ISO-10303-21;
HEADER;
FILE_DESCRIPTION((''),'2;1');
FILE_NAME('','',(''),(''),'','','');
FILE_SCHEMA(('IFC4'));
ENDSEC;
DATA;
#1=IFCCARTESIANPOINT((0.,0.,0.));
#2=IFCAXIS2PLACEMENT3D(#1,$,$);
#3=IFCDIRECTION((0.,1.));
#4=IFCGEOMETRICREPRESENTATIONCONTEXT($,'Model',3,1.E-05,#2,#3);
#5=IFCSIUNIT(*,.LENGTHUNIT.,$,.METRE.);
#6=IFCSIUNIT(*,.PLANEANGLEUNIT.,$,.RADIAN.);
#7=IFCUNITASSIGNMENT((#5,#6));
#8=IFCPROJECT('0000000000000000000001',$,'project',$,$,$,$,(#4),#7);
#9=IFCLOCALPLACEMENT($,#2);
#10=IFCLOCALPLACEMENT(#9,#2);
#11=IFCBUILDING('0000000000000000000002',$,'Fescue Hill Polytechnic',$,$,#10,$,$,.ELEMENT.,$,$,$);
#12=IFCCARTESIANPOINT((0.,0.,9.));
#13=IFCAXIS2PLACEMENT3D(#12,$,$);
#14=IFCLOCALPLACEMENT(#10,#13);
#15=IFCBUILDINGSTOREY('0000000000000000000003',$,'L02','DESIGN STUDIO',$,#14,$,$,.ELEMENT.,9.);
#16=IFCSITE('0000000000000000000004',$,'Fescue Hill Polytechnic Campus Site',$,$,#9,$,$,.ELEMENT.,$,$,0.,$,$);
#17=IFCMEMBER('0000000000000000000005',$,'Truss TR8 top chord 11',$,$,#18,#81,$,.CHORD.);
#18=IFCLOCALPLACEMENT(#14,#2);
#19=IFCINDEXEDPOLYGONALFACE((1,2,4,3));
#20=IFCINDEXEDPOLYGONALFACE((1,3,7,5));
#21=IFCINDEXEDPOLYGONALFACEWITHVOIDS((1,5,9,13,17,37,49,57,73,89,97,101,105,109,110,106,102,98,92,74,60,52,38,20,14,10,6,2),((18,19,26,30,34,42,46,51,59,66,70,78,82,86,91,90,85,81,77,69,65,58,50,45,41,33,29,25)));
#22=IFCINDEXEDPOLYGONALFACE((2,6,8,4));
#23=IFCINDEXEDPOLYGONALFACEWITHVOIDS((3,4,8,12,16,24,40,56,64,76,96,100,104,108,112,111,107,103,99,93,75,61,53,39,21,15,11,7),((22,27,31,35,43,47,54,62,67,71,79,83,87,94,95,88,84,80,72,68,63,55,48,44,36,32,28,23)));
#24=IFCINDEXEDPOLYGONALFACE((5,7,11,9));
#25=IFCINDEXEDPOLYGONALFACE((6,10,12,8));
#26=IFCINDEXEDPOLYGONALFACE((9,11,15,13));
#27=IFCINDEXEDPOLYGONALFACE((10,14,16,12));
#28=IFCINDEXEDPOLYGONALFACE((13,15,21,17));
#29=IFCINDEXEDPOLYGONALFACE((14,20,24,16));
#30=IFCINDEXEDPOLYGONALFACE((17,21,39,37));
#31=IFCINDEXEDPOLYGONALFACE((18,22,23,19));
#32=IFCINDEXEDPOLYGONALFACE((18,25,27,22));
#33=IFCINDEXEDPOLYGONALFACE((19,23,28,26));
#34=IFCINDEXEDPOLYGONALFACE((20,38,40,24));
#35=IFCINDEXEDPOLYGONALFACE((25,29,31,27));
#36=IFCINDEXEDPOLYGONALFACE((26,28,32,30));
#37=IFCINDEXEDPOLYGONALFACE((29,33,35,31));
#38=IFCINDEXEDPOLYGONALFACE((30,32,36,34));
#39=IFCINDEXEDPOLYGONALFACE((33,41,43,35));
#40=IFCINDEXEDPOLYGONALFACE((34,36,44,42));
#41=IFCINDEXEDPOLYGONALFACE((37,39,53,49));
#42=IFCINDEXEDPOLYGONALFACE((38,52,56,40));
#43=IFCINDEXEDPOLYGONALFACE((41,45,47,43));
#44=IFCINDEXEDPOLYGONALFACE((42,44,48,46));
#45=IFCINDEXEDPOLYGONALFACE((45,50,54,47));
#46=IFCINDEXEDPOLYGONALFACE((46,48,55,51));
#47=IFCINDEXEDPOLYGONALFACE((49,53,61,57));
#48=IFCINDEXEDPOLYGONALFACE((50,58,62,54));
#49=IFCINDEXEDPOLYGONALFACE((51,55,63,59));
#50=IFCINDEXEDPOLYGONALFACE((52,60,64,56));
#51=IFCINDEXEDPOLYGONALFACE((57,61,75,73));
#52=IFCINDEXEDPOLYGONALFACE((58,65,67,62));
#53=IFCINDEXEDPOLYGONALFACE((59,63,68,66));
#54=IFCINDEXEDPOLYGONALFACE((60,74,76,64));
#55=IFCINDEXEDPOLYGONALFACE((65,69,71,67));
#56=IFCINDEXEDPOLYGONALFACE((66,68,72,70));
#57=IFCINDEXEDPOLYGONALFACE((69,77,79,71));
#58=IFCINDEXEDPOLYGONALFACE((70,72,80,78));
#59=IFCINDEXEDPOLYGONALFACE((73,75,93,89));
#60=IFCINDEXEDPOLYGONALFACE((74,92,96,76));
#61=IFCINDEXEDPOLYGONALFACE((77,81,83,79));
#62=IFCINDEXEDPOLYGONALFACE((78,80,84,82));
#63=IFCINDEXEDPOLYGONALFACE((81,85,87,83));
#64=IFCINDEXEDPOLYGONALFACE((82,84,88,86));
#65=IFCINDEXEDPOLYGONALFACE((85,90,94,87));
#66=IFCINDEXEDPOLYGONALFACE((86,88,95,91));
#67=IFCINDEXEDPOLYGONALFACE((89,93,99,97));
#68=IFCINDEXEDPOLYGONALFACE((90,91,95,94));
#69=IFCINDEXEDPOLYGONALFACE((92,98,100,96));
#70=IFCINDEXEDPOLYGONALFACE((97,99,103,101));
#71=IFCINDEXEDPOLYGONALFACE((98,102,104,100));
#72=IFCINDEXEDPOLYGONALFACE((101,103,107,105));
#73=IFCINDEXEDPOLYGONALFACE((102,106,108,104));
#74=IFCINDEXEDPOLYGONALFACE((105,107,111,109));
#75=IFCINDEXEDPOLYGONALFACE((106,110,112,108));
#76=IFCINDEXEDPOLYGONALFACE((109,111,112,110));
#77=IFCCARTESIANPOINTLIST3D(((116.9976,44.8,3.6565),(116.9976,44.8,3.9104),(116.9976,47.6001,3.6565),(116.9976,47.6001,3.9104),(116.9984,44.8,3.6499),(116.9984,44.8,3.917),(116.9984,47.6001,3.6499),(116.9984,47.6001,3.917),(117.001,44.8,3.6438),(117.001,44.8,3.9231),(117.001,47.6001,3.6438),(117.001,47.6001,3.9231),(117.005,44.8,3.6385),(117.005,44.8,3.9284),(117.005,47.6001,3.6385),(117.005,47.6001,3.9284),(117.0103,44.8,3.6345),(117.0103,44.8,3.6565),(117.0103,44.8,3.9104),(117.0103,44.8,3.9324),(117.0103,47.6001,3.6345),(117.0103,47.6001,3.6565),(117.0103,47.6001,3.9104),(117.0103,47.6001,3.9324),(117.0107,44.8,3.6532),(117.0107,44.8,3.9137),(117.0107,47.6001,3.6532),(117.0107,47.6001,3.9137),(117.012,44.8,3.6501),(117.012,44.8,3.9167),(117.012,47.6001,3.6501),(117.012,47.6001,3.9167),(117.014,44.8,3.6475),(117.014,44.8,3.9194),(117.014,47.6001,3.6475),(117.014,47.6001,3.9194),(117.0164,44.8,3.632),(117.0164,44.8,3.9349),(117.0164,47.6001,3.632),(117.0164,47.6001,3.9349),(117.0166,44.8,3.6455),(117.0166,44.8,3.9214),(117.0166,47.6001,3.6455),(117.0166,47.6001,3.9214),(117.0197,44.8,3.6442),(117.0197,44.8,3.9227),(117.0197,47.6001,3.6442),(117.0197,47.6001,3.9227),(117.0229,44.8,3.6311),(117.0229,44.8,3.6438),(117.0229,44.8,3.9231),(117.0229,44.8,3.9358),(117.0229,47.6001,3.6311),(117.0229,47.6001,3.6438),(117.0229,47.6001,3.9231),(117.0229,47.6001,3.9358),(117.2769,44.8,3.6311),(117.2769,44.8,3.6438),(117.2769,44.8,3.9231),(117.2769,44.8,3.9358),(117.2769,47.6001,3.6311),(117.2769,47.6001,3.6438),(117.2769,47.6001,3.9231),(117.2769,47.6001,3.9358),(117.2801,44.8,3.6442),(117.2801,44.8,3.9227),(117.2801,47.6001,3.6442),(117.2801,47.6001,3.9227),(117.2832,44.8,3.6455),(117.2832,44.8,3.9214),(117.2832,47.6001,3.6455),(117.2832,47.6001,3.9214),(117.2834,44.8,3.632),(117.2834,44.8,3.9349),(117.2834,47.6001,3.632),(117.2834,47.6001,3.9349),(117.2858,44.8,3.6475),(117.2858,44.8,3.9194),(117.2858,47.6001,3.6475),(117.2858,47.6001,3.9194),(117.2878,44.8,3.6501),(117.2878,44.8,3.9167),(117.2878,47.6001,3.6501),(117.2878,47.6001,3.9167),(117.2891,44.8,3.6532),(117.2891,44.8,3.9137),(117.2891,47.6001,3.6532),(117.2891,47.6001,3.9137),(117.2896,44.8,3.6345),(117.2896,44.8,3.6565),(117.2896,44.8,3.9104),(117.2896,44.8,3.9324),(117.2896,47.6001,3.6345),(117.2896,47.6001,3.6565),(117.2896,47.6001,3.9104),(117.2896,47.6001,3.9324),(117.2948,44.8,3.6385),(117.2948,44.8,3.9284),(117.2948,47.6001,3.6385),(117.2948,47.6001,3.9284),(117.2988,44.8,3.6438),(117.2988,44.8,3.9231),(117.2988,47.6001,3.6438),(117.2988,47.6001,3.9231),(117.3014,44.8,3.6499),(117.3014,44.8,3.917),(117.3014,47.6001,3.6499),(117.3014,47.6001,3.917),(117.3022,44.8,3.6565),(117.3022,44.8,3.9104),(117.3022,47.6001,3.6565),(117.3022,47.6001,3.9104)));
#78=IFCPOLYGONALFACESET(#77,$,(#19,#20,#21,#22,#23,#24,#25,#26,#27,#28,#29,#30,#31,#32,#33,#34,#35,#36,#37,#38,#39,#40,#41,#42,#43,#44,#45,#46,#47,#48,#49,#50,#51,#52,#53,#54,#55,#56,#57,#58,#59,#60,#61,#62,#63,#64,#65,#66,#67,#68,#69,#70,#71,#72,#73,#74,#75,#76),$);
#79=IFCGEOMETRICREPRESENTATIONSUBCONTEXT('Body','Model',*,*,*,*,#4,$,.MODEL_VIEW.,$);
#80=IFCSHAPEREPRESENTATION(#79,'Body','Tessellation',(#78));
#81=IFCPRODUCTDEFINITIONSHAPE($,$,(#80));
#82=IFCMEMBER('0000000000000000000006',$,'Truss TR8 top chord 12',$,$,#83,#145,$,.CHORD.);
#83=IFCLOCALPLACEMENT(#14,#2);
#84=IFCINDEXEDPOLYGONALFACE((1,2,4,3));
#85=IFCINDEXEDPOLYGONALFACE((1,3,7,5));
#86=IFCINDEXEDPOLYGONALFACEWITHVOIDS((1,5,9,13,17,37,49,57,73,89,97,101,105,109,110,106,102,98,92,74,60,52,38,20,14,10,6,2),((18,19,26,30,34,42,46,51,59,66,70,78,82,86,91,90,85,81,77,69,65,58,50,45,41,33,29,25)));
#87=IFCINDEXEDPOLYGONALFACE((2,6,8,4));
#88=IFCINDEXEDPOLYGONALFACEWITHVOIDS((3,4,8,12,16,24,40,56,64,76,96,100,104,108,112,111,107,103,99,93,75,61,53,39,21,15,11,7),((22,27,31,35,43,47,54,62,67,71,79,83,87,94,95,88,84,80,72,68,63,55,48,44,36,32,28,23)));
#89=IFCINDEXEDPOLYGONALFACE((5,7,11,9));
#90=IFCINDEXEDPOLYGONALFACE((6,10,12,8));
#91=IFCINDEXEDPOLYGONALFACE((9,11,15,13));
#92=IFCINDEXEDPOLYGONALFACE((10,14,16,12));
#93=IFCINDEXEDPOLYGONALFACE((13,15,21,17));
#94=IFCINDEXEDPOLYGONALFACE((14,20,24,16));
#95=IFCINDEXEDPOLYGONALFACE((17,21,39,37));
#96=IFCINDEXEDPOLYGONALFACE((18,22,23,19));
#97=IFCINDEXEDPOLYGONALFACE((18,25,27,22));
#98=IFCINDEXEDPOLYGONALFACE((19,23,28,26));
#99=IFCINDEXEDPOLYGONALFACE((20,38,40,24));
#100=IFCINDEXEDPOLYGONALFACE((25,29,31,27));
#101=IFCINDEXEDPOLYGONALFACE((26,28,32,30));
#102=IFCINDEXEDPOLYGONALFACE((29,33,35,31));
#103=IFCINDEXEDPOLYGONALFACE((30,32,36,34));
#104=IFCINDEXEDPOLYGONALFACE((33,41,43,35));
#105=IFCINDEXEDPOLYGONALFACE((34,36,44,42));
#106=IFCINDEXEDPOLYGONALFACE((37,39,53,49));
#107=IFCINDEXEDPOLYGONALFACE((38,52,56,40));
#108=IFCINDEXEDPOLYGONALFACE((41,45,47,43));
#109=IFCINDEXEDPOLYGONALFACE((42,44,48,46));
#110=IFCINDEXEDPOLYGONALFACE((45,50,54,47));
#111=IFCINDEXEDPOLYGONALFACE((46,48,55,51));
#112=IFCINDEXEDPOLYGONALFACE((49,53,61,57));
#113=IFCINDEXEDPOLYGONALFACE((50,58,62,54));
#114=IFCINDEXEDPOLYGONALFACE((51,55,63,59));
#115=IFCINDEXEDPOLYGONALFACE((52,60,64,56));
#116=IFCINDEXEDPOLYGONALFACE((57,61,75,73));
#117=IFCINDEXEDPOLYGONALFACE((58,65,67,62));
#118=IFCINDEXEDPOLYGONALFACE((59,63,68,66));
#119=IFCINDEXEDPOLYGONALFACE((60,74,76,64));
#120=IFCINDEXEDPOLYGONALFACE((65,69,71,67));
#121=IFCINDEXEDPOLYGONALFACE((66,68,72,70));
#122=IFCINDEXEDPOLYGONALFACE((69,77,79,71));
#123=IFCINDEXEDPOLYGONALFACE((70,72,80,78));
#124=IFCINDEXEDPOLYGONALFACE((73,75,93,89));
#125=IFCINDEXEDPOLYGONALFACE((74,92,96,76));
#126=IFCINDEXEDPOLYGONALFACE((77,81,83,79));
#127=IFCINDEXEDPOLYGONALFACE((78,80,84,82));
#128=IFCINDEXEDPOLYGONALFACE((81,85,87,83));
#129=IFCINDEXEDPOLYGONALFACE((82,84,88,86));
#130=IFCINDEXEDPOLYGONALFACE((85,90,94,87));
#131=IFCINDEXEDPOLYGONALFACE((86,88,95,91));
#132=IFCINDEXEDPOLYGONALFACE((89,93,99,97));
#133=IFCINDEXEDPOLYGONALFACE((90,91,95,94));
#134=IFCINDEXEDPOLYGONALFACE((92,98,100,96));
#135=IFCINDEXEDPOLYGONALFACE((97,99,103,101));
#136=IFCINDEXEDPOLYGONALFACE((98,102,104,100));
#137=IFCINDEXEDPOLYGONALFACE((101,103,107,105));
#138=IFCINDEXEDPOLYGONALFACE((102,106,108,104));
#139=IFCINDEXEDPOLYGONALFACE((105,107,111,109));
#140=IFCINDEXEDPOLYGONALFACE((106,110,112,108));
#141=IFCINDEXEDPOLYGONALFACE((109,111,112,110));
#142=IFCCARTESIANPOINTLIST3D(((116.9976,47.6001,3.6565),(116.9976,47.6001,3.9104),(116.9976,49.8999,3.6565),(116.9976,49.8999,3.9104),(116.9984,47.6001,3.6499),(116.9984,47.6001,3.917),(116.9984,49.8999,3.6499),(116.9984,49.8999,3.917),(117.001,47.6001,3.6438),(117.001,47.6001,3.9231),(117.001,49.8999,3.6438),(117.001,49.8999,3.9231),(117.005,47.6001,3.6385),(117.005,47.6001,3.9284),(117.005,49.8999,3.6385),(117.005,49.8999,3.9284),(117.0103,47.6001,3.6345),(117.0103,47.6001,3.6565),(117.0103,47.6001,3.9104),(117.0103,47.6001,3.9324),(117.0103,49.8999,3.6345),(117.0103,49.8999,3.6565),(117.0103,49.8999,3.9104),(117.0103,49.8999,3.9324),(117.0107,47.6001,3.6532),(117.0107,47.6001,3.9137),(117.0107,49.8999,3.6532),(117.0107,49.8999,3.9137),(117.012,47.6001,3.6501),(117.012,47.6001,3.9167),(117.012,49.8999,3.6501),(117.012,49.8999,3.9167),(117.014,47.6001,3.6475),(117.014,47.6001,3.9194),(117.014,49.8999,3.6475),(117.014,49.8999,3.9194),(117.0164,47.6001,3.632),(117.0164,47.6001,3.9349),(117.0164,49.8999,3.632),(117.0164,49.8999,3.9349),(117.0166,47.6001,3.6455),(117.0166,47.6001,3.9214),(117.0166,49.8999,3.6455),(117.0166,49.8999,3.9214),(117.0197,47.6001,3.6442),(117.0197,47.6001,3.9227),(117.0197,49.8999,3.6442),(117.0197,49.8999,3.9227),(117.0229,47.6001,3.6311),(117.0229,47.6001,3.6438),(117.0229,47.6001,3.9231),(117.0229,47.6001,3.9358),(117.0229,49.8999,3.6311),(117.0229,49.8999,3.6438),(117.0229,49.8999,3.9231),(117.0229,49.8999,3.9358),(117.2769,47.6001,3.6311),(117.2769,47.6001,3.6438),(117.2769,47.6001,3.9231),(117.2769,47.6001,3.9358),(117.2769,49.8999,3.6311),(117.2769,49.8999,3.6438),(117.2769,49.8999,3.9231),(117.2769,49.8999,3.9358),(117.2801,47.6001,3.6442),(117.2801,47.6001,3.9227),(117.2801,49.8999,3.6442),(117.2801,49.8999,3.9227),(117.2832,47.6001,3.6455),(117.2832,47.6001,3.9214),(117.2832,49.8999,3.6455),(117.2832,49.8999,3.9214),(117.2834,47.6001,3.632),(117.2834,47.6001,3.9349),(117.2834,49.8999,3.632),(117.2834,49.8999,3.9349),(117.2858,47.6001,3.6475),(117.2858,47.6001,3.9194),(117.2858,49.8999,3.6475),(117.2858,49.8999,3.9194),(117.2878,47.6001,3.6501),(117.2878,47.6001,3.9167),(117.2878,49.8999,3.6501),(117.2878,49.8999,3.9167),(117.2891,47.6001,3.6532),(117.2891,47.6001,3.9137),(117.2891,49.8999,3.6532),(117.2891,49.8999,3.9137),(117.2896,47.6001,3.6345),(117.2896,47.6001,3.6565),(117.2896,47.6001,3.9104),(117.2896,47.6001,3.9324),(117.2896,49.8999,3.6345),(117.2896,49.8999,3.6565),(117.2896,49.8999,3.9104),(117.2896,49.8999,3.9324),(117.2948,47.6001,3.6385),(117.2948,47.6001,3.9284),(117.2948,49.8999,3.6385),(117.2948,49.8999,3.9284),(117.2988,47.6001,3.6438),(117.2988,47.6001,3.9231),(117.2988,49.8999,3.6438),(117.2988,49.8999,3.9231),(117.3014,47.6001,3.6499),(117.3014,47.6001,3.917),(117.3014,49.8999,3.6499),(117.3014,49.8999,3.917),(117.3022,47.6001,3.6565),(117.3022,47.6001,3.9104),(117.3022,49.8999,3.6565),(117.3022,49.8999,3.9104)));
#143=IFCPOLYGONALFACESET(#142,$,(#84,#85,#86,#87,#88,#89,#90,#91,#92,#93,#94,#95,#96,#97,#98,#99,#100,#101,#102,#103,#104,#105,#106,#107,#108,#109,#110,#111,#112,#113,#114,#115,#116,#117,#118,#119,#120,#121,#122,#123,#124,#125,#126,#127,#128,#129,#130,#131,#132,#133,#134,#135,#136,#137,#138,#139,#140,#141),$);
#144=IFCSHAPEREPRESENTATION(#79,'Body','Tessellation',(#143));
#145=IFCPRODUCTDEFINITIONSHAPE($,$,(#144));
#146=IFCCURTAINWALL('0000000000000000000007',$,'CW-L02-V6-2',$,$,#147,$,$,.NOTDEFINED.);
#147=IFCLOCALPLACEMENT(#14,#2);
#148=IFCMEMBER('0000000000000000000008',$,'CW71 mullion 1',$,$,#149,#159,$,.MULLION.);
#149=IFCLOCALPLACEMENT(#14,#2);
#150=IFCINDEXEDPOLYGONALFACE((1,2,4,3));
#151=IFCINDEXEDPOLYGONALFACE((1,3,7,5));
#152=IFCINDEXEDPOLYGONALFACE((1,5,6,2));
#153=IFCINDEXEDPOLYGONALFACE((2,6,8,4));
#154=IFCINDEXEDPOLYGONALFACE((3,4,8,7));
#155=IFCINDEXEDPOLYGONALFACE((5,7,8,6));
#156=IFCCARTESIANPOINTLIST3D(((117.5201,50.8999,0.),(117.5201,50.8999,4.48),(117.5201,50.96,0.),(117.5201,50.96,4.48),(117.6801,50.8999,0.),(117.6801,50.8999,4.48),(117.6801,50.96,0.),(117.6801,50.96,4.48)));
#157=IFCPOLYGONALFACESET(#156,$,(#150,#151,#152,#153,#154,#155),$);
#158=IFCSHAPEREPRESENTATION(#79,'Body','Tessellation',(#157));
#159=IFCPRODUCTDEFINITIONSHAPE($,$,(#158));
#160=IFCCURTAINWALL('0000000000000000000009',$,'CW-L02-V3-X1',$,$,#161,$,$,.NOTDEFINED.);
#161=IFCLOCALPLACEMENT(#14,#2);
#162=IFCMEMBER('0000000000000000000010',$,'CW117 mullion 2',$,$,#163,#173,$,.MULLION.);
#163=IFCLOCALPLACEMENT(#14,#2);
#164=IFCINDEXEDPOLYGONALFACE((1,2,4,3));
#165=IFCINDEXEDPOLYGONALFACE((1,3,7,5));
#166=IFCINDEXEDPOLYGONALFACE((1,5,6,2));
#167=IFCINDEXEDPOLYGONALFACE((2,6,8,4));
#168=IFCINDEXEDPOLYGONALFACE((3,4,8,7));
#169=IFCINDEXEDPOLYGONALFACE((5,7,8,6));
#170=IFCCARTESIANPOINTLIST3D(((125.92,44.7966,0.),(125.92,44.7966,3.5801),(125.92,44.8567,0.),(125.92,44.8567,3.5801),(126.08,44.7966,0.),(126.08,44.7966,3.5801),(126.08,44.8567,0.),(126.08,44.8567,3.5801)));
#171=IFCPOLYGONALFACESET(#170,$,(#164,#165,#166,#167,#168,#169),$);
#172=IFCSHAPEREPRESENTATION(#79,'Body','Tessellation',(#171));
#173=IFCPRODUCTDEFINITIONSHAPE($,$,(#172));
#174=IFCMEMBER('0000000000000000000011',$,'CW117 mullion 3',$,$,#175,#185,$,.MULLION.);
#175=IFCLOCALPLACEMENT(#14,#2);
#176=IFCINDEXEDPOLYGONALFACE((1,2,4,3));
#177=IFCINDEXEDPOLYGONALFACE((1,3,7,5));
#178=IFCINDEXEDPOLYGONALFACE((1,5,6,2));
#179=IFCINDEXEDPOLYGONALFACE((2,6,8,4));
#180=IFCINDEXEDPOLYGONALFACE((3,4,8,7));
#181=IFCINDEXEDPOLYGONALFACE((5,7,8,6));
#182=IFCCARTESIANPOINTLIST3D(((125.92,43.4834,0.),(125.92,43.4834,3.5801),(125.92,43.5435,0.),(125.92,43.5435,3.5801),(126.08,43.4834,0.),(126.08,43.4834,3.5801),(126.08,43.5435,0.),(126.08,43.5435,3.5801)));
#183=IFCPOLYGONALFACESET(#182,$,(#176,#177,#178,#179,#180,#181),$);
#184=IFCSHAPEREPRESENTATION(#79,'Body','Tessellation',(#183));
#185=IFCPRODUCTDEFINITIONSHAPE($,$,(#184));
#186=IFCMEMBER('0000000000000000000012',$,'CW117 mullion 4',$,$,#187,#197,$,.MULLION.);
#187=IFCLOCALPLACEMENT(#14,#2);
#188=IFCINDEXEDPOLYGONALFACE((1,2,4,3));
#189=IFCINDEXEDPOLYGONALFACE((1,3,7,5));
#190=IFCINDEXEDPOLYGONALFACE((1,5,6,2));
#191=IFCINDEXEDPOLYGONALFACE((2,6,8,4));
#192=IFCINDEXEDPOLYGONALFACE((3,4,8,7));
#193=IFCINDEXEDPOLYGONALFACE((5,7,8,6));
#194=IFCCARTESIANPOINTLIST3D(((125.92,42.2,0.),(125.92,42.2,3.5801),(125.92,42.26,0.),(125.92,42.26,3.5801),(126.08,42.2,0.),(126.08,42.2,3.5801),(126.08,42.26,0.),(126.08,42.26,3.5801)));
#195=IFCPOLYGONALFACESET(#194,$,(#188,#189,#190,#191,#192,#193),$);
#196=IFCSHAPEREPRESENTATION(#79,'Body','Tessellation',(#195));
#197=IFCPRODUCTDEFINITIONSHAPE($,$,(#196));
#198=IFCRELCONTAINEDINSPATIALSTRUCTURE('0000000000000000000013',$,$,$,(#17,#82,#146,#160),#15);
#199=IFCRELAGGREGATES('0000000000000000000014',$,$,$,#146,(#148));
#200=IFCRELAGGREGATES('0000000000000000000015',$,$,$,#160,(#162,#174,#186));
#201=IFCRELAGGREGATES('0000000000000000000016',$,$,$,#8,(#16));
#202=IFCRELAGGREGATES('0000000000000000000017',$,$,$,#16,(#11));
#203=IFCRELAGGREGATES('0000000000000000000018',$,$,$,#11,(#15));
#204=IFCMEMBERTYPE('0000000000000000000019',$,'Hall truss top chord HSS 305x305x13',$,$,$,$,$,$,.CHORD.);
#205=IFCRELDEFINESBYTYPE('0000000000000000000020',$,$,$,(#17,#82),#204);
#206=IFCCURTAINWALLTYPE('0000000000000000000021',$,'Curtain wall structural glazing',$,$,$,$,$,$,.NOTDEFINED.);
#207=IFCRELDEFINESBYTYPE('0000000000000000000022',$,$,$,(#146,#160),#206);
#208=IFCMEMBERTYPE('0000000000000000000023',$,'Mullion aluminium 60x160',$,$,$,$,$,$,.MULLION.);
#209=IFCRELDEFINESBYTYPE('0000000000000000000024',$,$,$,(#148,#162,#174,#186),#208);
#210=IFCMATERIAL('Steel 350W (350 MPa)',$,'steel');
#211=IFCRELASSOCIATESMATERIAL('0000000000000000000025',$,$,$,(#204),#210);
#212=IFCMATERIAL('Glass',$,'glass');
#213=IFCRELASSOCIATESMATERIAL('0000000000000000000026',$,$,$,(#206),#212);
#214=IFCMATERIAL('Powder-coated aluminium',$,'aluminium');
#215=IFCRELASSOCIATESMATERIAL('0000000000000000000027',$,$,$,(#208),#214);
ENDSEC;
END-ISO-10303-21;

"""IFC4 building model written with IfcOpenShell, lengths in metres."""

from ifc_helpers import new_model, si_unit, direction, frame, origin, origin_2d, place, context, subcontext, project, spatial, rectangle, hollow_rectangle, extrude, material, material_profile, profile_set, type_object, element, aggregate, save


model = new_model("IFC4")

# Units and contexts
model_context = context("Model", 3, precision=1e-05, world=origin(), true_north=direction((0.0, 1.0)))
body_context = subcontext(model_context, "Body", "Model", "MODEL_VIEW")
ifc_project = project(units=[si_unit("LENGTHUNIT", "METRE"), si_unit("PLANEANGLEUNIT", "RADIAN")], contexts=[model_context])

# Site, building, storey
site_placement = place(None, origin())
site = spatial("IfcSite", under=ifc_project, at=site_placement, Name="Fescue Hill Polytechnic Campus Site", CompositionType="ELEMENT", RefElevation=0.0)
building_placement = place(site_placement, origin())
building = spatial("IfcBuilding", under=site, at=building_placement, Name="Fescue Hill Polytechnic", CompositionType="ELEMENT")
storey_placement = place(building_placement, frame((0.0, 0.0, 9.0)))
storey = spatial("IfcBuildingStorey", under=building, at=storey_placement, Name="L02", Description="DESIGN STUDIO", CompositionType="ELEMENT", Elevation=9.0)

# Members
ifc_material_1 = material(Name="Steel 350W (350 MPa)", Category="steel")
ifc_material_profile_1 = material_profile(ifc_material_1, hollow_rectangle(XDim=0.3047, YDim=0.3047, WallThickness=0.0127, InnerFilletRadius=0.0127, OuterFilletRadius=0.0254, at=origin_2d()), Name="Hall truss top chord HSS 305x305x13")
ifc_profile_set_1 = profile_set([ifc_material_profile_1], Name="Steel 350W (350 MPa)")
member_type_1 = type_object("IfcMemberType", Name="Hall truss top chord HSS 305x305x13", PredefinedType="CHORD", material=ifc_profile_set_1)
member_1_placement = place(storey_placement, frame((117.1499, 44.8, 3.7834), z_axis=(0.0, 1.0, 0.0), x_axis=(-1.0, 0.0, 0.0)))
element("IfcMember", 1, at=member_1_placement, inside=storey, type_object=member_type_1, Name="Truss TR8 top chord 11", PredefinedType="CHORD", context=body_context, shape_type="SweptSolid", body=[
    extrude(hollow_rectangle(XDim=0.3047, YDim=0.3047, WallThickness=0.0127, InnerFilletRadius=0.0127, OuterFilletRadius=0.0254, at=origin_2d()), origin(), (0.0, 0.0, 1.0), 2.8),
])
member_2_placement = place(storey_placement, frame((117.1499, 47.6001, 3.7834), z_axis=(0.0, 1.0, 0.0), x_axis=(-1.0, 0.0, 0.0)))
element("IfcMember", 2, at=member_2_placement, inside=storey, type_object=member_type_1, Name="Truss TR8 top chord 12", PredefinedType="CHORD", context=body_context, shape_type="SweptSolid", body=[
    extrude(hollow_rectangle(XDim=0.3047, YDim=0.3047, WallThickness=0.0127, InnerFilletRadius=0.0127, OuterFilletRadius=0.0254, at=origin_2d()), origin(), (0.0, 0.0, 1.0), 2.2998),
])

# Curtain wall, member
ifc_material_2 = material(Name="Glass", Category="glass")
curtain_wall_type = type_object("IfcCurtainWallType", Name="Curtain wall structural glazing", PredefinedType="NOTDEFINED", material=ifc_material_2)
curtain_wall_1_placement = place(storey_placement, origin())
curtain_wall_1 = element("IfcCurtainWall", 3, at=curtain_wall_1_placement, inside=storey, type_object=curtain_wall_type, Name="CW-L02-V6-2", PredefinedType="NOTDEFINED")
ifc_material_3 = material(Name="Powder-coated aluminium", Category="aluminium")
ifc_material_profile_2 = material_profile(ifc_material_3, rectangle(XDim=0.1599, YDim=0.0601, at=origin_2d()), Name="Mullion aluminium 60x160")
ifc_profile_set_2 = profile_set([ifc_material_profile_2], Name="Powder-coated aluminium")
member_type_2 = type_object("IfcMemberType", Name="Mullion aluminium 60x160", PredefinedType="MULLION", material=ifc_profile_set_2)
member_3_placement = place(storey_placement, frame((117.6001, 50.9299, 0.0), z_axis=(0.0, 0.0, 1.0), x_axis=(-1.0, 0.0, 0.0)))
member_3 = element("IfcMember", 4, at=member_3_placement, type_object=member_type_2, Name="CW71 mullion 1", PredefinedType="MULLION", context=body_context, shape_type="SweptSolid", body=[
    extrude(rectangle(XDim=0.1599, YDim=0.0601, at=origin_2d()), origin(), (0.0, 0.0, 1.0), 4.48),
])

# Curtain wall, members
curtain_wall_2_placement = place(storey_placement, origin())
curtain_wall_2 = element("IfcCurtainWall", 5, at=curtain_wall_2_placement, inside=storey, type_object=curtain_wall_type, Name="CW-L02-V3-X1", PredefinedType="NOTDEFINED")
member_4_placement = place(storey_placement, frame((126.0, 44.8267, 0.0), z_axis=(0.0, 0.0, 1.0), x_axis=(1.0, 0.0, 0.0)))
member_4 = element("IfcMember", 6, at=member_4_placement, type_object=member_type_2, Name="CW117 mullion 2", PredefinedType="MULLION", context=body_context, shape_type="SweptSolid", body=[
    extrude(rectangle(XDim=0.1599, YDim=0.0601, at=origin_2d()), origin(), (0.0, 0.0, 1.0), 3.5801),
])
member_5_placement = place(storey_placement, frame((126.0, 43.5134, 0.0), z_axis=(0.0, 0.0, 1.0), x_axis=(1.0, 0.0, 0.0)))
member_5 = element("IfcMember", 7, at=member_5_placement, type_object=member_type_2, Name="CW117 mullion 3", PredefinedType="MULLION", context=body_context, shape_type="SweptSolid", body=[
    extrude(rectangle(XDim=0.1599, YDim=0.0601, at=origin_2d()), origin(), (0.0, 0.0, 1.0), 3.5801),
])
member_6_placement = place(storey_placement, frame((126.0, 42.23, 0.0), z_axis=(0.0, 0.0, 1.0), x_axis=(1.0, 0.0, 0.0)))
member_6 = element("IfcMember", 8, at=member_6_placement, type_object=member_type_2, Name="CW117 mullion 4", PredefinedType="MULLION", context=body_context, shape_type="SweptSolid", body=[
    extrude(rectangle(XDim=0.1599, YDim=0.0601, at=origin_2d()), origin(), (0.0, 0.0, 1.0), 3.5801),
])

aggregate(curtain_wall_1, [member_3])
aggregate(curtain_wall_2, [member_4, member_5, member_6])

save(model, "model.ifc")
